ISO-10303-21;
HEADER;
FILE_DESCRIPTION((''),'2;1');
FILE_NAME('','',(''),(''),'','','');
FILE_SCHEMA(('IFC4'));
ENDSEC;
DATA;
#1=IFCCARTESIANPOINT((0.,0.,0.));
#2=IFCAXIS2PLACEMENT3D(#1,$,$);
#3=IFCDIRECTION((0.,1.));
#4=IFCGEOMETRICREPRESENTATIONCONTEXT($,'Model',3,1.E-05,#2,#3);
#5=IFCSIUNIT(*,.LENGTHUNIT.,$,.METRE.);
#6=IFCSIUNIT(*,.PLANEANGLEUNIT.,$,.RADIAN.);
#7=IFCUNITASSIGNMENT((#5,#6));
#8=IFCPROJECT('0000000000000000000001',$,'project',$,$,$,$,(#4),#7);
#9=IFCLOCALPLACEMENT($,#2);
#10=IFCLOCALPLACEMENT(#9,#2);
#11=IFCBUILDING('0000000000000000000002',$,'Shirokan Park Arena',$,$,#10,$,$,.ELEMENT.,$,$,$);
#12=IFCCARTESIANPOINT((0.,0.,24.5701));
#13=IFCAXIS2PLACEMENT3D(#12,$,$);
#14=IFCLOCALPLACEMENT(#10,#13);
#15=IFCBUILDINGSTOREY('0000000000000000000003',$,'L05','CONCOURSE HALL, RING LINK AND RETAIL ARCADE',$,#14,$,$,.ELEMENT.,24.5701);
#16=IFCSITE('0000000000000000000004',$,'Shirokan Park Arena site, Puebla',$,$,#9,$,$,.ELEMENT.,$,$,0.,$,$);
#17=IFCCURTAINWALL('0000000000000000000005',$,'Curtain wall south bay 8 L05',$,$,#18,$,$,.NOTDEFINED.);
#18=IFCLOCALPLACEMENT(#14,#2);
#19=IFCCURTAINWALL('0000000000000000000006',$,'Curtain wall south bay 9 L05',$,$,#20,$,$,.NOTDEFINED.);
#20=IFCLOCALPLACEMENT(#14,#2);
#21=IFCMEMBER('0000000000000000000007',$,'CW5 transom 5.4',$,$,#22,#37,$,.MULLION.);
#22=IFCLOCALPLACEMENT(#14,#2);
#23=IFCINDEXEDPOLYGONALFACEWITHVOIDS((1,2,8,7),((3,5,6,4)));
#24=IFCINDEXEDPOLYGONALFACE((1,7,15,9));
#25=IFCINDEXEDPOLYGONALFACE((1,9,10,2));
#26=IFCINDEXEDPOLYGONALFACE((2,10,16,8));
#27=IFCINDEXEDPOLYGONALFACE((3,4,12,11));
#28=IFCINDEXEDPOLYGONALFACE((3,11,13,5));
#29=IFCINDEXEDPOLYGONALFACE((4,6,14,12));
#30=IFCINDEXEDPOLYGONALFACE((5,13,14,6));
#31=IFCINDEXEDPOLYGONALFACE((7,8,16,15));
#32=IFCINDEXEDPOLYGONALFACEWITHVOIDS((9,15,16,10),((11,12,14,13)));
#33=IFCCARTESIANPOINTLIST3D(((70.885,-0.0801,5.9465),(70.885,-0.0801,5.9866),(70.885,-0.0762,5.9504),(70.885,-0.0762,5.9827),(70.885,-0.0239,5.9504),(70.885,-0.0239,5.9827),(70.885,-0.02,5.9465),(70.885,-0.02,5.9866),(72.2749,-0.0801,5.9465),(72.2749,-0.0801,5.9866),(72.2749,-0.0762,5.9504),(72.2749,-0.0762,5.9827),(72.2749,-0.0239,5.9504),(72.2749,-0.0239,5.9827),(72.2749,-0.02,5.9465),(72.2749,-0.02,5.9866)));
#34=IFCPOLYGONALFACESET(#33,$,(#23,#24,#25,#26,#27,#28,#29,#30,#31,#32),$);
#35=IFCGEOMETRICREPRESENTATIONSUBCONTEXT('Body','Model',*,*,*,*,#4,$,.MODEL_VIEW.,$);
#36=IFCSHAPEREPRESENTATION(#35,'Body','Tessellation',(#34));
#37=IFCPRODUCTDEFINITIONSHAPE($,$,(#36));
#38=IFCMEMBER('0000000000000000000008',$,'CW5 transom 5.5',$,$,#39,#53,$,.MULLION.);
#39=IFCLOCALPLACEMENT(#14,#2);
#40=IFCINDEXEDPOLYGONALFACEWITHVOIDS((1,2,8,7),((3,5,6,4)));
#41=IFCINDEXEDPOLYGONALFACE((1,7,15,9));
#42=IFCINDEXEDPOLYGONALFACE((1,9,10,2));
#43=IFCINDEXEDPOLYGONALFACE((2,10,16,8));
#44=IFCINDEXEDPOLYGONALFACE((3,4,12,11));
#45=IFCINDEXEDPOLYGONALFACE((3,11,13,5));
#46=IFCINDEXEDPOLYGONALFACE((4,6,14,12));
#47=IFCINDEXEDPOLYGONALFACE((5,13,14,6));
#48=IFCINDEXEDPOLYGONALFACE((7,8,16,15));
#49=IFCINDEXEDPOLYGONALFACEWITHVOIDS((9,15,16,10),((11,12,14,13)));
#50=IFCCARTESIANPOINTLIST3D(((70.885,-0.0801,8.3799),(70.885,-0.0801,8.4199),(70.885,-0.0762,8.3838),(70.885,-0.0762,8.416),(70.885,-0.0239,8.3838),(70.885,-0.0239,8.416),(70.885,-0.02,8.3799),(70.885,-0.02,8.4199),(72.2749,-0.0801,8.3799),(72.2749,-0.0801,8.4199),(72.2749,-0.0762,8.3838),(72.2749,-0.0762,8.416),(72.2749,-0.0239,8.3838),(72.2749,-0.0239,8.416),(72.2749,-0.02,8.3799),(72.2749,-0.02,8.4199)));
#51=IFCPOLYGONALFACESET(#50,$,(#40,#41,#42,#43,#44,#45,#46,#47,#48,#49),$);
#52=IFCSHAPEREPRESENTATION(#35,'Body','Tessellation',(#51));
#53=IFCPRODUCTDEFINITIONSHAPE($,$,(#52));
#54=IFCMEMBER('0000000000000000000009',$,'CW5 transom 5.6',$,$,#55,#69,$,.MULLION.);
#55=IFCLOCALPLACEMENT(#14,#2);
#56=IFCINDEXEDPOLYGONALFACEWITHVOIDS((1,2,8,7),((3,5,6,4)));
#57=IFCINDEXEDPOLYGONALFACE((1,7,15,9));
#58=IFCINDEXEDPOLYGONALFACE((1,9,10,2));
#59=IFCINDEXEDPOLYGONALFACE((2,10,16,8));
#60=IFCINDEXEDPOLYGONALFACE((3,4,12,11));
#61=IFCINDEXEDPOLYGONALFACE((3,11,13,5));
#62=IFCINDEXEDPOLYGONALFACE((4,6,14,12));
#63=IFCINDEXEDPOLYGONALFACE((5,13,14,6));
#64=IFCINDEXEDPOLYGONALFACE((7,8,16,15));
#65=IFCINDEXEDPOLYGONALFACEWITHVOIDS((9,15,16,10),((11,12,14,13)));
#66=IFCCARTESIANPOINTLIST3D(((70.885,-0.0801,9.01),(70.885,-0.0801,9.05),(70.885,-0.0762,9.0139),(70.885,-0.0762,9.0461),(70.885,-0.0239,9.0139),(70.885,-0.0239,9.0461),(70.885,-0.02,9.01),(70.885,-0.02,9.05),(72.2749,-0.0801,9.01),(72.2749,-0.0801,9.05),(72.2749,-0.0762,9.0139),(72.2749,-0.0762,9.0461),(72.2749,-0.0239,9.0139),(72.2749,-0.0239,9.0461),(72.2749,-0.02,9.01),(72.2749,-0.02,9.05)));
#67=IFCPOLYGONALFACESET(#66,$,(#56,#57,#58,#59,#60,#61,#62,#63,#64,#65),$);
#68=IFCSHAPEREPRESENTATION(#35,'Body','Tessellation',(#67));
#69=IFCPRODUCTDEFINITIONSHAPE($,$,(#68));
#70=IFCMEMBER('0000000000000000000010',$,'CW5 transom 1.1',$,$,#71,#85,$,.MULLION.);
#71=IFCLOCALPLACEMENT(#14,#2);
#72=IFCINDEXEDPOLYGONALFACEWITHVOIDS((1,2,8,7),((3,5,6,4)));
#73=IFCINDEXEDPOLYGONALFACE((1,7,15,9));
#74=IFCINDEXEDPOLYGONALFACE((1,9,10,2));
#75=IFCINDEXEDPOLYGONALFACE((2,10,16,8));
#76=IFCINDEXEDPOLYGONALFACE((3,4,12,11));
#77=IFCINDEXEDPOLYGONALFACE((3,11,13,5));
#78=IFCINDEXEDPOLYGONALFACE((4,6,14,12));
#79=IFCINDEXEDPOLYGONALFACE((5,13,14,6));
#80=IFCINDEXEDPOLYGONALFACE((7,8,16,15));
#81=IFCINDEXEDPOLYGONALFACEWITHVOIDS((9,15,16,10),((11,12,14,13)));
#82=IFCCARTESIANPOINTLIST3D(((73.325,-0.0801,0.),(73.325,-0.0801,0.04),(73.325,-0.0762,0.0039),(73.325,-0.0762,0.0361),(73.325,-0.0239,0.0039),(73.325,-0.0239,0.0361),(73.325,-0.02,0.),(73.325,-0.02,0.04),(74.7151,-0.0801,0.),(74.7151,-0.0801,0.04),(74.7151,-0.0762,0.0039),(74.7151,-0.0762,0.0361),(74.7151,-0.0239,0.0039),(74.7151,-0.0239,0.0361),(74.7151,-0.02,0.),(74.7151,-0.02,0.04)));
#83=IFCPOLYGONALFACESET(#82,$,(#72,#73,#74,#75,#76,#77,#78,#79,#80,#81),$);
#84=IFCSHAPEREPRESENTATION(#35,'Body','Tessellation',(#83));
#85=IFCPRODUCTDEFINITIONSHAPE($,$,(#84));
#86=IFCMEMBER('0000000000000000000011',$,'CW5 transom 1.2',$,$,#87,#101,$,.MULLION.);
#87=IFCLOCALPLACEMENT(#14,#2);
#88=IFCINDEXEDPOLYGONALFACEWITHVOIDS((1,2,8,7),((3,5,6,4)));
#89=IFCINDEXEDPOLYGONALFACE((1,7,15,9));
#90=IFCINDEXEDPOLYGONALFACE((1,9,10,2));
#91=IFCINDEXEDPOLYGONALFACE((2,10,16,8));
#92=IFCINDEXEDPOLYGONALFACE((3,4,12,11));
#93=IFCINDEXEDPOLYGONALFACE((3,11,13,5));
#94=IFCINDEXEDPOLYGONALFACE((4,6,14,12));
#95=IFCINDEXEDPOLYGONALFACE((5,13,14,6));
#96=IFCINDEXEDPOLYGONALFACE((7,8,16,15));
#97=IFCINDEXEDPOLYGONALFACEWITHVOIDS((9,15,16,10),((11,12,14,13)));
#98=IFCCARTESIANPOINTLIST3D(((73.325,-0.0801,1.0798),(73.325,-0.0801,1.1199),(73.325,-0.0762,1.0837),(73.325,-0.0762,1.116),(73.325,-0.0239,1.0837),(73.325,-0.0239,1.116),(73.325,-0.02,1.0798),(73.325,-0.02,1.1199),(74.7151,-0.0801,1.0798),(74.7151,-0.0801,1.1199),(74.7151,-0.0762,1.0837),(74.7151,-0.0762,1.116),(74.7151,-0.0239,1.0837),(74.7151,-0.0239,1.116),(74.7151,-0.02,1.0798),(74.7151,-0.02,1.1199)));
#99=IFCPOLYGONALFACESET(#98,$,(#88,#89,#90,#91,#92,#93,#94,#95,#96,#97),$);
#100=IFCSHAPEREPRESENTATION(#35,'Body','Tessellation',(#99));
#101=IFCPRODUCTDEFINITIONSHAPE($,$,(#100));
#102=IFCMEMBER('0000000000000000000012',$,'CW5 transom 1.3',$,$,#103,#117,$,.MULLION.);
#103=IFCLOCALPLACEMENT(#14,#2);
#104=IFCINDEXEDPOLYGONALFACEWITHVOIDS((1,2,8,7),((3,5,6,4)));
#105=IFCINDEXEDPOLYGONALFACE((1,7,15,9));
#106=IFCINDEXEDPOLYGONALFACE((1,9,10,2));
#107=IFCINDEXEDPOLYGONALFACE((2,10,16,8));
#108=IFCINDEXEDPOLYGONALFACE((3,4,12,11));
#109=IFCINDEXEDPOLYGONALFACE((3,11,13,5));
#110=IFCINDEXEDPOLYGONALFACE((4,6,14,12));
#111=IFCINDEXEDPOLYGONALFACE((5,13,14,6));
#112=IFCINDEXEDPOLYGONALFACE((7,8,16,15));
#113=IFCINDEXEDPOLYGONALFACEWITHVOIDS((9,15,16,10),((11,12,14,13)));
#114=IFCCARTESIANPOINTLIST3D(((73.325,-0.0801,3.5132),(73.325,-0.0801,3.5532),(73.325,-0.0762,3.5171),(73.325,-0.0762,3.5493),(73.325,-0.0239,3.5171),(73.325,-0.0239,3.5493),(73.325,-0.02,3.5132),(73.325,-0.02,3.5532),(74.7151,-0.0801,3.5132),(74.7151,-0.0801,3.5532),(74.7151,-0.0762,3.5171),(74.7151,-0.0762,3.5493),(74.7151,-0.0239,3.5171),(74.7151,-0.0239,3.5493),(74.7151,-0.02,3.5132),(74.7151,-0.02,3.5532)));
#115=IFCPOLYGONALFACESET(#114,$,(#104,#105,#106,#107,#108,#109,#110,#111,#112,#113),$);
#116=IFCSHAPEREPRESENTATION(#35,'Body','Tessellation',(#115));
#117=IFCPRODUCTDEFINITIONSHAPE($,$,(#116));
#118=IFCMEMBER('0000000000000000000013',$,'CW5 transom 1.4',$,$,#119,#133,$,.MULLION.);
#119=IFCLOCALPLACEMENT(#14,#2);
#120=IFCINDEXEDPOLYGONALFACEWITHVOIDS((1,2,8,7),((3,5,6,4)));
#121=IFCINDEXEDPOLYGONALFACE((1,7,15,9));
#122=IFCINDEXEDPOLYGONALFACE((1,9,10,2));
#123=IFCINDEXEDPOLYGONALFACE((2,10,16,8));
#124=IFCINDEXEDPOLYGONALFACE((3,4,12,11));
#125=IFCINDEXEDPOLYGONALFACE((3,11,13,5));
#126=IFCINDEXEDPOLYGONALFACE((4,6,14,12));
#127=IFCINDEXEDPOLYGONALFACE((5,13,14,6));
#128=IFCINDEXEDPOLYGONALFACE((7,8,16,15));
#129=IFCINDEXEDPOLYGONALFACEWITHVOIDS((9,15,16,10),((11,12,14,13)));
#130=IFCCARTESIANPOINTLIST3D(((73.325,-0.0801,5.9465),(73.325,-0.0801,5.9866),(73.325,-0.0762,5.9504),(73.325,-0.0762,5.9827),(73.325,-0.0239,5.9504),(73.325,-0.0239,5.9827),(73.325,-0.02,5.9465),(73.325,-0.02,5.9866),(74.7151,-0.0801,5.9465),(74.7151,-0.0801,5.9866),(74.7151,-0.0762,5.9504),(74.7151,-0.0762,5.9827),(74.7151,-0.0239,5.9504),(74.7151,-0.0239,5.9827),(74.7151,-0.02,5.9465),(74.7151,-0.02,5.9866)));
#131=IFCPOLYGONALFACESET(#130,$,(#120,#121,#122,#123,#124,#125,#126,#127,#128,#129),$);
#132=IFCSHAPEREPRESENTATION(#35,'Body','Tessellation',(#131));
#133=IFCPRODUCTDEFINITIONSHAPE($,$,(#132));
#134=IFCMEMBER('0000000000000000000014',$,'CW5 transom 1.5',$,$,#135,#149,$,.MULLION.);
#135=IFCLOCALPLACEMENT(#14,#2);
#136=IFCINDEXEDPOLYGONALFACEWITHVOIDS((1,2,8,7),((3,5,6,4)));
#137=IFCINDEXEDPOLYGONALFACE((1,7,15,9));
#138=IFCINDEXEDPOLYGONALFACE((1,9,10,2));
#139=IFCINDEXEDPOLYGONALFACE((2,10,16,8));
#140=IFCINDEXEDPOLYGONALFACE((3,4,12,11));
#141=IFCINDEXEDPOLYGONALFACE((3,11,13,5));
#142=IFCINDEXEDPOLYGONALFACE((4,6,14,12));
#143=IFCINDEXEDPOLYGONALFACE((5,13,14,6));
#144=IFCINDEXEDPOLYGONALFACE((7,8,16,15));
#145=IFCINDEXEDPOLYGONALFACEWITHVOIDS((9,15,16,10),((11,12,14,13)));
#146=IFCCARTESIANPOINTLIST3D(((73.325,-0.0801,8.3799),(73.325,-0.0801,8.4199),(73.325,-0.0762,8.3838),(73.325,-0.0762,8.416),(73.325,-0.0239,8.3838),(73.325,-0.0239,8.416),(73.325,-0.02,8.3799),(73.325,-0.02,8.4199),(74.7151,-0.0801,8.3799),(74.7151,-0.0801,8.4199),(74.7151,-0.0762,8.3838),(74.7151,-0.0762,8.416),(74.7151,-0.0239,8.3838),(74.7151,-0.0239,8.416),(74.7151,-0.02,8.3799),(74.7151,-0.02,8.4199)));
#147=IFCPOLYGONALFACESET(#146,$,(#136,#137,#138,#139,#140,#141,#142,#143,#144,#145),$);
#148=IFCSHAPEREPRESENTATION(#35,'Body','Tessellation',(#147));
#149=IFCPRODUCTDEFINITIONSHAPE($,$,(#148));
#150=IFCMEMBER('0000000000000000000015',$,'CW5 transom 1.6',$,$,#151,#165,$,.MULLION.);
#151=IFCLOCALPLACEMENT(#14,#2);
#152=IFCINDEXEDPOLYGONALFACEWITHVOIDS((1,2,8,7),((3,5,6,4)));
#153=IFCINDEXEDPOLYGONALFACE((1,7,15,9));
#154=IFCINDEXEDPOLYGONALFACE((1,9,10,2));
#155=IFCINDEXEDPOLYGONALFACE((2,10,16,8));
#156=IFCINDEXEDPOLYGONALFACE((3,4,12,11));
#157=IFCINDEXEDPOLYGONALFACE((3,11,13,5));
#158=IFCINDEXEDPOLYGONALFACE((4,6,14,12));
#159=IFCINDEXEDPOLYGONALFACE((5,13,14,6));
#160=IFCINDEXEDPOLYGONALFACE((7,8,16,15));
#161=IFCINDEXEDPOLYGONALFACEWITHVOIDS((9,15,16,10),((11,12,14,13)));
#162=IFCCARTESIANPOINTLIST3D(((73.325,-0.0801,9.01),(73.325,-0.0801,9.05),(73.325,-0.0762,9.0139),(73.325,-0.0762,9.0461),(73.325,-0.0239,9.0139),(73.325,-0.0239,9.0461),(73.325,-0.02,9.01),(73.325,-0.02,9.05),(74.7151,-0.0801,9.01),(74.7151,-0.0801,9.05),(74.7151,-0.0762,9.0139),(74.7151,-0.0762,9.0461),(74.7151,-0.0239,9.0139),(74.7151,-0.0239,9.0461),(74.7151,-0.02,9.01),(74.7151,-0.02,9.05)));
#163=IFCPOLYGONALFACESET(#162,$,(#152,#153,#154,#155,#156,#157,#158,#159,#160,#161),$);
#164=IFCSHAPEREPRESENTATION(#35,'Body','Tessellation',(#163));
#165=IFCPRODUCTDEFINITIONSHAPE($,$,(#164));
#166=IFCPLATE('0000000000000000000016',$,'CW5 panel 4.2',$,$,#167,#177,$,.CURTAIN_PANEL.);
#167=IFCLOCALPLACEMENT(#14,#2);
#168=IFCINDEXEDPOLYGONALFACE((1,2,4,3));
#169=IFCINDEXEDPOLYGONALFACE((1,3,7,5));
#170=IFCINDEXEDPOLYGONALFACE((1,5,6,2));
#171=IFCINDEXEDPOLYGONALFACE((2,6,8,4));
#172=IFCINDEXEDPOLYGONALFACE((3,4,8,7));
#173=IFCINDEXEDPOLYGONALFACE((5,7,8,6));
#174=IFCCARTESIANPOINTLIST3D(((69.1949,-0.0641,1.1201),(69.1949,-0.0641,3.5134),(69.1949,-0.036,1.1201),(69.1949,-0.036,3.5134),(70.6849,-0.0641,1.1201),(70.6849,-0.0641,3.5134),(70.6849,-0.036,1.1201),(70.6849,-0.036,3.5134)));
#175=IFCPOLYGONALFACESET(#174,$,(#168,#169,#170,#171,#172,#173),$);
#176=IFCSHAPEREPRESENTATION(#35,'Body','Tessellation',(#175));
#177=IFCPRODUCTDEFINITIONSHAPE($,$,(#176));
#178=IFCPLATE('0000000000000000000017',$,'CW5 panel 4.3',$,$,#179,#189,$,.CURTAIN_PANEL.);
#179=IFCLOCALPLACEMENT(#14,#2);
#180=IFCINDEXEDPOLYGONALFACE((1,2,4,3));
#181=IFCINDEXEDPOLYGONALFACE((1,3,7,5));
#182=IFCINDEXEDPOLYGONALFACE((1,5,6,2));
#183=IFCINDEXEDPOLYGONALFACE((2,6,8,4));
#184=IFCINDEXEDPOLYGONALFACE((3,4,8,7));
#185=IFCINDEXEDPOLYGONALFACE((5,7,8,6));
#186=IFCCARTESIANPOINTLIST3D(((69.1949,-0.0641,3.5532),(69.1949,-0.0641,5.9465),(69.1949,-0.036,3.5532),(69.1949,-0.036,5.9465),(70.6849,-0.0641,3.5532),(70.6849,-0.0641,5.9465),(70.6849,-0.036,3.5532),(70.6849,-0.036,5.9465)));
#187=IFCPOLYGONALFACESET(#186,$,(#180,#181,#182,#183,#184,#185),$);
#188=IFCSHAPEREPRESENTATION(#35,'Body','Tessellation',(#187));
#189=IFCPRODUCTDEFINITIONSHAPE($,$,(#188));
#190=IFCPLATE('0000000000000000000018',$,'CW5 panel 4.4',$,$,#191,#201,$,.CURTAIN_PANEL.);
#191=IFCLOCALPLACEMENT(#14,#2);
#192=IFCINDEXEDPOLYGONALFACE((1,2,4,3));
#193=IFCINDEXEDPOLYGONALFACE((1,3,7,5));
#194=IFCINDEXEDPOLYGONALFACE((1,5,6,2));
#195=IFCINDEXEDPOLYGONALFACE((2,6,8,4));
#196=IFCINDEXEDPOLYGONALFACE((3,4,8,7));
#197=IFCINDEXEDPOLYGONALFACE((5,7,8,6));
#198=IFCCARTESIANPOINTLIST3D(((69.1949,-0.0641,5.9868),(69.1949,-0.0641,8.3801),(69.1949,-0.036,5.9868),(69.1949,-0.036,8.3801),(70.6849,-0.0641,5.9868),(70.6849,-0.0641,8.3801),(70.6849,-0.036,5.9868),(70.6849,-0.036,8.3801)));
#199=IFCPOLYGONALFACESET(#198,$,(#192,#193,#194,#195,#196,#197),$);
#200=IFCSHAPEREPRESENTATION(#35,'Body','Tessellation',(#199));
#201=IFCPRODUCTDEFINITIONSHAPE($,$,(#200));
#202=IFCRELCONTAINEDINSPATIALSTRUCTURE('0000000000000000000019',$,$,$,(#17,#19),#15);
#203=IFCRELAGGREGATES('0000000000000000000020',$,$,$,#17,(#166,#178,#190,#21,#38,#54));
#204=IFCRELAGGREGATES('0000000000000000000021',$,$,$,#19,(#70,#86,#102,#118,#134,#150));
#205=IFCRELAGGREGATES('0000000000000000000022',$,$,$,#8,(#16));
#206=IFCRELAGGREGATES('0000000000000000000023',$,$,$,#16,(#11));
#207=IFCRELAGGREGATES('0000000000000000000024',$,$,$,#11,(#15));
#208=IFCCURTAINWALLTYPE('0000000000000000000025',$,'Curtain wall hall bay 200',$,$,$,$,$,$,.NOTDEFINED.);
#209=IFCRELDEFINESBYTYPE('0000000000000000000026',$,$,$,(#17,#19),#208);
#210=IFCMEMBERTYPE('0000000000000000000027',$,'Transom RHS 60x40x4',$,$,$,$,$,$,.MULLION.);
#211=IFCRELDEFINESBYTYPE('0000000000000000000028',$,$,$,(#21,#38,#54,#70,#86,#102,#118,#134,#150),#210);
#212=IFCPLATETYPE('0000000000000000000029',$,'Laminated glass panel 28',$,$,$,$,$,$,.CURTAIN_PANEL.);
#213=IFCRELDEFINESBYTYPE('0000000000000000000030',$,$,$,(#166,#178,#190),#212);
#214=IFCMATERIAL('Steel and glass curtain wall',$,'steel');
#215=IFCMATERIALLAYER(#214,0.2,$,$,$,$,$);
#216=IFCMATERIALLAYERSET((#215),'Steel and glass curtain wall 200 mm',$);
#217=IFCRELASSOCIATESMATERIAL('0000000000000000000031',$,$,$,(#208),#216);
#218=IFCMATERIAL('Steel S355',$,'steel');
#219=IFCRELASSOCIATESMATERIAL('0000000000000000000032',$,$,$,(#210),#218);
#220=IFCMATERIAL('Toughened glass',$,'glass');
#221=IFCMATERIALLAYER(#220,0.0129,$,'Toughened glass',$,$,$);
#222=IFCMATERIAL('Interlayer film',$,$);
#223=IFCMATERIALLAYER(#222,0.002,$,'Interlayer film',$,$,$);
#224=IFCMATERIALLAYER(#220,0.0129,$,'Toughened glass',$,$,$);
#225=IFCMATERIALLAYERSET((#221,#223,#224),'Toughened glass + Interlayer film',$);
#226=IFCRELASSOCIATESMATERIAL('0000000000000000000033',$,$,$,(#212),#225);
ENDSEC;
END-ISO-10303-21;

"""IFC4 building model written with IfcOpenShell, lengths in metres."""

from ifc_helpers import new_model, si_unit, direction, frame, origin, origin_2d, place, context, subcontext, project, spatial, rectangle, hollow_rectangle, extrude, material, layer, layer_set, material_profile, profile_set, type_object, element, aggregate, save


model = new_model("IFC4")

# Units and contexts
model_context = context("Model", 3, precision=1e-05, world=origin(), true_north=direction((0.0, 1.0)))
body_context = subcontext(model_context, "Body", "Model", "MODEL_VIEW")
ifc_project = project(units=[si_unit("LENGTHUNIT", "METRE"), si_unit("PLANEANGLEUNIT", "RADIAN")], contexts=[model_context])

# Site, building, storey
site_placement = place(None, origin())
site = spatial("IfcSite", under=ifc_project, at=site_placement, Name="Shirokan Park Arena site, Puebla", CompositionType="ELEMENT", RefElevation=0.0)
building_placement = place(site_placement, origin())
building = spatial("IfcBuilding", under=site, at=building_placement, Name="Shirokan Park Arena", CompositionType="ELEMENT")
storey_placement = place(building_placement, frame((0.0, 0.0, 24.5701)))
storey = spatial("IfcBuildingStorey", under=building, at=storey_placement, Name="L05", Description="CONCOURSE HALL, RING LINK AND RETAIL ARCADE", CompositionType="ELEMENT", Elevation=24.5701)

# Curtain wall
ifc_material_1 = material(Name="Steel and glass curtain wall", Category="steel")
ifc_layer_1 = layer(ifc_material_1, 0.2)
ifc_layer_set_1 = layer_set([ifc_layer_1], Name="Steel and glass curtain wall 200 mm")
curtain_wall_type = type_object("IfcCurtainWallType", Name="Curtain wall hall bay 200", PredefinedType="NOTDEFINED", material=ifc_layer_set_1)
curtain_wall_1_placement = place(storey_placement, origin())
curtain_wall_1 = element("IfcCurtainWall", 1, at=curtain_wall_1_placement, inside=storey, type_object=curtain_wall_type, Name="Curtain wall south bay 8 L05", PredefinedType="NOTDEFINED")
ifc_material_2 = material(Name="Steel S355", Category="steel")

# Curtain wall
curtain_wall_2_placement = place(storey_placement, origin())
curtain_wall_2 = element("IfcCurtainWall", 2, at=curtain_wall_2_placement, inside=storey, type_object=curtain_wall_type, Name="Curtain wall south bay 9 L05", PredefinedType="NOTDEFINED")

# Members
ifc_material_profile_1 = material_profile(ifc_material_2, hollow_rectangle(XDim=0.0601, YDim=0.04, WallThickness=0.0039, at=origin_2d()), Name="RHS 60x40x4")
ifc_profile_set_1 = profile_set([ifc_material_profile_1], Name="Steel S355")
member_type_1 = type_object("IfcMemberType", Name="Transom RHS 60x40x4", PredefinedType="MULLION", material=ifc_profile_set_1)
member_1_placement = place(storey_placement, frame((70.885, -0.05, 5.9666), z_axis=(1.0, 0.0, 0.0), x_axis=(0.0, 1.0, 0.0)))
member_1 = element("IfcMember", 3, at=member_1_placement, type_object=member_type_1, Name="CW5 transom 5.4", PredefinedType="MULLION", context=body_context, shape_type="SweptSolid", body=[
    extrude(hollow_rectangle(XDim=0.0601, YDim=0.04, WallThickness=0.0039, at=origin_2d()), origin(), (0.0, 0.0, 1.0), 1.3899),
])
member_2_placement = place(storey_placement, frame((70.885, -0.05, 8.3999), z_axis=(1.0, 0.0, 0.0), x_axis=(0.0, 1.0, 0.0)))
member_2 = element("IfcMember", 4, at=member_2_placement, type_object=member_type_1, Name="CW5 transom 5.5", PredefinedType="MULLION", context=body_context, shape_type="SweptSolid", body=[
    extrude(hollow_rectangle(XDim=0.0601, YDim=0.04, WallThickness=0.0039, at=origin_2d()), origin(), (0.0, 0.0, 1.0), 1.3899),
])
member_3_placement = place(storey_placement, frame((70.885, -0.05, 9.03), z_axis=(1.0, 0.0, 0.0), x_axis=(0.0, 1.0, 0.0)))
member_3 = element("IfcMember", 5, at=member_3_placement, type_object=member_type_1, Name="CW5 transom 5.6", PredefinedType="MULLION", context=body_context, shape_type="SweptSolid", body=[
    extrude(hollow_rectangle(XDim=0.0601, YDim=0.04, WallThickness=0.0039, at=origin_2d()), origin(), (0.0, 0.0, 1.0), 1.3899),
])
member_4_placement = place(storey_placement, frame((73.325, -0.05, 0.02), z_axis=(1.0, 0.0, 0.0), x_axis=(0.0, 1.0, 0.0)))
member_4 = element("IfcMember", 6, at=member_4_placement, type_object=member_type_1, Name="CW5 transom 1.1", PredefinedType="MULLION", context=body_context, shape_type="SweptSolid", body=[
    extrude(hollow_rectangle(XDim=0.0601, YDim=0.04, WallThickness=0.0039, at=origin_2d()), origin(), (0.0, 0.0, 1.0), 1.3901),
])
member_5_placement = place(storey_placement, frame((73.325, -0.05, 1.0999), z_axis=(1.0, 0.0, 0.0), x_axis=(0.0, 1.0, 0.0)))
member_5 = element("IfcMember", 7, at=member_5_placement, type_object=member_type_1, Name="CW5 transom 1.2", PredefinedType="MULLION", context=body_context, shape_type="SweptSolid", body=[
    extrude(hollow_rectangle(XDim=0.0601, YDim=0.04, WallThickness=0.0039, at=origin_2d()), origin(), (0.0, 0.0, 1.0), 1.3901),
])
member_6_placement = place(storey_placement, frame((73.325, -0.05, 3.5332), z_axis=(1.0, 0.0, 0.0), x_axis=(0.0, 1.0, 0.0)))
member_6 = element("IfcMember", 8, at=member_6_placement, type_object=member_type_1, Name="CW5 transom 1.3", PredefinedType="MULLION", context=body_context, shape_type="SweptSolid", body=[
    extrude(hollow_rectangle(XDim=0.0601, YDim=0.04, WallThickness=0.0039, at=origin_2d()), origin(), (0.0, 0.0, 1.0), 1.3901),
])
member_7_placement = place(storey_placement, frame((73.325, -0.05, 5.9666), z_axis=(1.0, 0.0, 0.0), x_axis=(0.0, 1.0, 0.0)))
member_7 = element("IfcMember", 9, at=member_7_placement, type_object=member_type_1, Name="CW5 transom 1.4", PredefinedType="MULLION", context=body_context, shape_type="SweptSolid", body=[
    extrude(hollow_rectangle(XDim=0.0601, YDim=0.04, WallThickness=0.0039, at=origin_2d()), origin(), (0.0, 0.0, 1.0), 1.3901),
])
member_8_placement = place(storey_placement, frame((73.325, -0.05, 8.3999), z_axis=(1.0, 0.0, 0.0), x_axis=(0.0, 1.0, 0.0)))
member_8 = element("IfcMember", 10, at=member_8_placement, type_object=member_type_1, Name="CW5 transom 1.5", PredefinedType="MULLION", context=body_context, shape_type="SweptSolid", body=[
    extrude(hollow_rectangle(XDim=0.0601, YDim=0.04, WallThickness=0.0039, at=origin_2d()), origin(), (0.0, 0.0, 1.0), 1.3901),
])
member_9_placement = place(storey_placement, frame((73.325, -0.05, 9.03), z_axis=(1.0, 0.0, 0.0), x_axis=(0.0, 1.0, 0.0)))
member_9 = element("IfcMember", 11, at=member_9_placement, type_object=member_type_1, Name="CW5 transom 1.6", PredefinedType="MULLION", context=body_context, shape_type="SweptSolid", body=[
    extrude(hollow_rectangle(XDim=0.0601, YDim=0.04, WallThickness=0.0039, at=origin_2d()), origin(), (0.0, 0.0, 1.0), 1.3901),
])

# Plates
ifc_material_3 = material(Name="Toughened glass", Category="glass")
ifc_layer_2 = layer(ifc_material_3, 0.0129, Name="Toughened glass")
ifc_material_4 = material(Name="Interlayer film")
ifc_layer_3 = layer(ifc_material_4, 0.002, Name="Interlayer film")
ifc_layer_4 = layer(ifc_material_3, 0.0129, Name="Toughened glass")
ifc_layer_set_2 = layer_set([ifc_layer_2, ifc_layer_3, ifc_layer_4], Name="Toughened glass + Interlayer film")
plate_type_1 = type_object("IfcPlateType", Name="Laminated glass panel 28", PredefinedType="CURTAIN_PANEL", material=ifc_layer_set_2)
plate_1_placement = place(storey_placement, frame((69.9399, -0.05, 1.1201), z_axis=(0.0, 0.0, 1.0), x_axis=(1.0, 0.0, 0.0)))
plate_1 = element("IfcPlate", 12, at=plate_1_placement, type_object=plate_type_1, Name="CW5 panel 4.2", PredefinedType="CURTAIN_PANEL", context=body_context, shape_type="SweptSolid", body=[
    extrude(rectangle(XDim=1.49, YDim=0.0281, at=origin_2d()), origin(), (0.0, 0.0, 1.0), 2.3933),
])
plate_2_placement = place(storey_placement, frame((69.9399, -0.05, 3.5532), z_axis=(0.0, 0.0, 1.0), x_axis=(1.0, 0.0, 0.0)))
plate_2 = element("IfcPlate", 13, at=plate_2_placement, type_object=plate_type_1, Name="CW5 panel 4.3", PredefinedType="CURTAIN_PANEL", context=body_context, shape_type="SweptSolid", body=[
    extrude(rectangle(XDim=1.49, YDim=0.0281, at=origin_2d()), origin(), (0.0, 0.0, 1.0), 2.3933),
])
plate_3_placement = place(storey_placement, frame((69.9399, -0.05, 5.9868), z_axis=(0.0, 0.0, 1.0), x_axis=(1.0, 0.0, 0.0)))
plate_3 = element("IfcPlate", 14, at=plate_3_placement, type_object=plate_type_1, Name="CW5 panel 4.4", PredefinedType="CURTAIN_PANEL", context=body_context, shape_type="SweptSolid", body=[
    extrude(rectangle(XDim=1.49, YDim=0.0281, at=origin_2d()), origin(), (0.0, 0.0, 1.0), 2.3933),
])
aggregate(curtain_wall_1, [plate_1, plate_2, plate_3, member_1, member_2, member_3])
aggregate(curtain_wall_2, [member_4, member_5, member_6, member_7, member_8, member_9])

save(model, "model.ifc")
